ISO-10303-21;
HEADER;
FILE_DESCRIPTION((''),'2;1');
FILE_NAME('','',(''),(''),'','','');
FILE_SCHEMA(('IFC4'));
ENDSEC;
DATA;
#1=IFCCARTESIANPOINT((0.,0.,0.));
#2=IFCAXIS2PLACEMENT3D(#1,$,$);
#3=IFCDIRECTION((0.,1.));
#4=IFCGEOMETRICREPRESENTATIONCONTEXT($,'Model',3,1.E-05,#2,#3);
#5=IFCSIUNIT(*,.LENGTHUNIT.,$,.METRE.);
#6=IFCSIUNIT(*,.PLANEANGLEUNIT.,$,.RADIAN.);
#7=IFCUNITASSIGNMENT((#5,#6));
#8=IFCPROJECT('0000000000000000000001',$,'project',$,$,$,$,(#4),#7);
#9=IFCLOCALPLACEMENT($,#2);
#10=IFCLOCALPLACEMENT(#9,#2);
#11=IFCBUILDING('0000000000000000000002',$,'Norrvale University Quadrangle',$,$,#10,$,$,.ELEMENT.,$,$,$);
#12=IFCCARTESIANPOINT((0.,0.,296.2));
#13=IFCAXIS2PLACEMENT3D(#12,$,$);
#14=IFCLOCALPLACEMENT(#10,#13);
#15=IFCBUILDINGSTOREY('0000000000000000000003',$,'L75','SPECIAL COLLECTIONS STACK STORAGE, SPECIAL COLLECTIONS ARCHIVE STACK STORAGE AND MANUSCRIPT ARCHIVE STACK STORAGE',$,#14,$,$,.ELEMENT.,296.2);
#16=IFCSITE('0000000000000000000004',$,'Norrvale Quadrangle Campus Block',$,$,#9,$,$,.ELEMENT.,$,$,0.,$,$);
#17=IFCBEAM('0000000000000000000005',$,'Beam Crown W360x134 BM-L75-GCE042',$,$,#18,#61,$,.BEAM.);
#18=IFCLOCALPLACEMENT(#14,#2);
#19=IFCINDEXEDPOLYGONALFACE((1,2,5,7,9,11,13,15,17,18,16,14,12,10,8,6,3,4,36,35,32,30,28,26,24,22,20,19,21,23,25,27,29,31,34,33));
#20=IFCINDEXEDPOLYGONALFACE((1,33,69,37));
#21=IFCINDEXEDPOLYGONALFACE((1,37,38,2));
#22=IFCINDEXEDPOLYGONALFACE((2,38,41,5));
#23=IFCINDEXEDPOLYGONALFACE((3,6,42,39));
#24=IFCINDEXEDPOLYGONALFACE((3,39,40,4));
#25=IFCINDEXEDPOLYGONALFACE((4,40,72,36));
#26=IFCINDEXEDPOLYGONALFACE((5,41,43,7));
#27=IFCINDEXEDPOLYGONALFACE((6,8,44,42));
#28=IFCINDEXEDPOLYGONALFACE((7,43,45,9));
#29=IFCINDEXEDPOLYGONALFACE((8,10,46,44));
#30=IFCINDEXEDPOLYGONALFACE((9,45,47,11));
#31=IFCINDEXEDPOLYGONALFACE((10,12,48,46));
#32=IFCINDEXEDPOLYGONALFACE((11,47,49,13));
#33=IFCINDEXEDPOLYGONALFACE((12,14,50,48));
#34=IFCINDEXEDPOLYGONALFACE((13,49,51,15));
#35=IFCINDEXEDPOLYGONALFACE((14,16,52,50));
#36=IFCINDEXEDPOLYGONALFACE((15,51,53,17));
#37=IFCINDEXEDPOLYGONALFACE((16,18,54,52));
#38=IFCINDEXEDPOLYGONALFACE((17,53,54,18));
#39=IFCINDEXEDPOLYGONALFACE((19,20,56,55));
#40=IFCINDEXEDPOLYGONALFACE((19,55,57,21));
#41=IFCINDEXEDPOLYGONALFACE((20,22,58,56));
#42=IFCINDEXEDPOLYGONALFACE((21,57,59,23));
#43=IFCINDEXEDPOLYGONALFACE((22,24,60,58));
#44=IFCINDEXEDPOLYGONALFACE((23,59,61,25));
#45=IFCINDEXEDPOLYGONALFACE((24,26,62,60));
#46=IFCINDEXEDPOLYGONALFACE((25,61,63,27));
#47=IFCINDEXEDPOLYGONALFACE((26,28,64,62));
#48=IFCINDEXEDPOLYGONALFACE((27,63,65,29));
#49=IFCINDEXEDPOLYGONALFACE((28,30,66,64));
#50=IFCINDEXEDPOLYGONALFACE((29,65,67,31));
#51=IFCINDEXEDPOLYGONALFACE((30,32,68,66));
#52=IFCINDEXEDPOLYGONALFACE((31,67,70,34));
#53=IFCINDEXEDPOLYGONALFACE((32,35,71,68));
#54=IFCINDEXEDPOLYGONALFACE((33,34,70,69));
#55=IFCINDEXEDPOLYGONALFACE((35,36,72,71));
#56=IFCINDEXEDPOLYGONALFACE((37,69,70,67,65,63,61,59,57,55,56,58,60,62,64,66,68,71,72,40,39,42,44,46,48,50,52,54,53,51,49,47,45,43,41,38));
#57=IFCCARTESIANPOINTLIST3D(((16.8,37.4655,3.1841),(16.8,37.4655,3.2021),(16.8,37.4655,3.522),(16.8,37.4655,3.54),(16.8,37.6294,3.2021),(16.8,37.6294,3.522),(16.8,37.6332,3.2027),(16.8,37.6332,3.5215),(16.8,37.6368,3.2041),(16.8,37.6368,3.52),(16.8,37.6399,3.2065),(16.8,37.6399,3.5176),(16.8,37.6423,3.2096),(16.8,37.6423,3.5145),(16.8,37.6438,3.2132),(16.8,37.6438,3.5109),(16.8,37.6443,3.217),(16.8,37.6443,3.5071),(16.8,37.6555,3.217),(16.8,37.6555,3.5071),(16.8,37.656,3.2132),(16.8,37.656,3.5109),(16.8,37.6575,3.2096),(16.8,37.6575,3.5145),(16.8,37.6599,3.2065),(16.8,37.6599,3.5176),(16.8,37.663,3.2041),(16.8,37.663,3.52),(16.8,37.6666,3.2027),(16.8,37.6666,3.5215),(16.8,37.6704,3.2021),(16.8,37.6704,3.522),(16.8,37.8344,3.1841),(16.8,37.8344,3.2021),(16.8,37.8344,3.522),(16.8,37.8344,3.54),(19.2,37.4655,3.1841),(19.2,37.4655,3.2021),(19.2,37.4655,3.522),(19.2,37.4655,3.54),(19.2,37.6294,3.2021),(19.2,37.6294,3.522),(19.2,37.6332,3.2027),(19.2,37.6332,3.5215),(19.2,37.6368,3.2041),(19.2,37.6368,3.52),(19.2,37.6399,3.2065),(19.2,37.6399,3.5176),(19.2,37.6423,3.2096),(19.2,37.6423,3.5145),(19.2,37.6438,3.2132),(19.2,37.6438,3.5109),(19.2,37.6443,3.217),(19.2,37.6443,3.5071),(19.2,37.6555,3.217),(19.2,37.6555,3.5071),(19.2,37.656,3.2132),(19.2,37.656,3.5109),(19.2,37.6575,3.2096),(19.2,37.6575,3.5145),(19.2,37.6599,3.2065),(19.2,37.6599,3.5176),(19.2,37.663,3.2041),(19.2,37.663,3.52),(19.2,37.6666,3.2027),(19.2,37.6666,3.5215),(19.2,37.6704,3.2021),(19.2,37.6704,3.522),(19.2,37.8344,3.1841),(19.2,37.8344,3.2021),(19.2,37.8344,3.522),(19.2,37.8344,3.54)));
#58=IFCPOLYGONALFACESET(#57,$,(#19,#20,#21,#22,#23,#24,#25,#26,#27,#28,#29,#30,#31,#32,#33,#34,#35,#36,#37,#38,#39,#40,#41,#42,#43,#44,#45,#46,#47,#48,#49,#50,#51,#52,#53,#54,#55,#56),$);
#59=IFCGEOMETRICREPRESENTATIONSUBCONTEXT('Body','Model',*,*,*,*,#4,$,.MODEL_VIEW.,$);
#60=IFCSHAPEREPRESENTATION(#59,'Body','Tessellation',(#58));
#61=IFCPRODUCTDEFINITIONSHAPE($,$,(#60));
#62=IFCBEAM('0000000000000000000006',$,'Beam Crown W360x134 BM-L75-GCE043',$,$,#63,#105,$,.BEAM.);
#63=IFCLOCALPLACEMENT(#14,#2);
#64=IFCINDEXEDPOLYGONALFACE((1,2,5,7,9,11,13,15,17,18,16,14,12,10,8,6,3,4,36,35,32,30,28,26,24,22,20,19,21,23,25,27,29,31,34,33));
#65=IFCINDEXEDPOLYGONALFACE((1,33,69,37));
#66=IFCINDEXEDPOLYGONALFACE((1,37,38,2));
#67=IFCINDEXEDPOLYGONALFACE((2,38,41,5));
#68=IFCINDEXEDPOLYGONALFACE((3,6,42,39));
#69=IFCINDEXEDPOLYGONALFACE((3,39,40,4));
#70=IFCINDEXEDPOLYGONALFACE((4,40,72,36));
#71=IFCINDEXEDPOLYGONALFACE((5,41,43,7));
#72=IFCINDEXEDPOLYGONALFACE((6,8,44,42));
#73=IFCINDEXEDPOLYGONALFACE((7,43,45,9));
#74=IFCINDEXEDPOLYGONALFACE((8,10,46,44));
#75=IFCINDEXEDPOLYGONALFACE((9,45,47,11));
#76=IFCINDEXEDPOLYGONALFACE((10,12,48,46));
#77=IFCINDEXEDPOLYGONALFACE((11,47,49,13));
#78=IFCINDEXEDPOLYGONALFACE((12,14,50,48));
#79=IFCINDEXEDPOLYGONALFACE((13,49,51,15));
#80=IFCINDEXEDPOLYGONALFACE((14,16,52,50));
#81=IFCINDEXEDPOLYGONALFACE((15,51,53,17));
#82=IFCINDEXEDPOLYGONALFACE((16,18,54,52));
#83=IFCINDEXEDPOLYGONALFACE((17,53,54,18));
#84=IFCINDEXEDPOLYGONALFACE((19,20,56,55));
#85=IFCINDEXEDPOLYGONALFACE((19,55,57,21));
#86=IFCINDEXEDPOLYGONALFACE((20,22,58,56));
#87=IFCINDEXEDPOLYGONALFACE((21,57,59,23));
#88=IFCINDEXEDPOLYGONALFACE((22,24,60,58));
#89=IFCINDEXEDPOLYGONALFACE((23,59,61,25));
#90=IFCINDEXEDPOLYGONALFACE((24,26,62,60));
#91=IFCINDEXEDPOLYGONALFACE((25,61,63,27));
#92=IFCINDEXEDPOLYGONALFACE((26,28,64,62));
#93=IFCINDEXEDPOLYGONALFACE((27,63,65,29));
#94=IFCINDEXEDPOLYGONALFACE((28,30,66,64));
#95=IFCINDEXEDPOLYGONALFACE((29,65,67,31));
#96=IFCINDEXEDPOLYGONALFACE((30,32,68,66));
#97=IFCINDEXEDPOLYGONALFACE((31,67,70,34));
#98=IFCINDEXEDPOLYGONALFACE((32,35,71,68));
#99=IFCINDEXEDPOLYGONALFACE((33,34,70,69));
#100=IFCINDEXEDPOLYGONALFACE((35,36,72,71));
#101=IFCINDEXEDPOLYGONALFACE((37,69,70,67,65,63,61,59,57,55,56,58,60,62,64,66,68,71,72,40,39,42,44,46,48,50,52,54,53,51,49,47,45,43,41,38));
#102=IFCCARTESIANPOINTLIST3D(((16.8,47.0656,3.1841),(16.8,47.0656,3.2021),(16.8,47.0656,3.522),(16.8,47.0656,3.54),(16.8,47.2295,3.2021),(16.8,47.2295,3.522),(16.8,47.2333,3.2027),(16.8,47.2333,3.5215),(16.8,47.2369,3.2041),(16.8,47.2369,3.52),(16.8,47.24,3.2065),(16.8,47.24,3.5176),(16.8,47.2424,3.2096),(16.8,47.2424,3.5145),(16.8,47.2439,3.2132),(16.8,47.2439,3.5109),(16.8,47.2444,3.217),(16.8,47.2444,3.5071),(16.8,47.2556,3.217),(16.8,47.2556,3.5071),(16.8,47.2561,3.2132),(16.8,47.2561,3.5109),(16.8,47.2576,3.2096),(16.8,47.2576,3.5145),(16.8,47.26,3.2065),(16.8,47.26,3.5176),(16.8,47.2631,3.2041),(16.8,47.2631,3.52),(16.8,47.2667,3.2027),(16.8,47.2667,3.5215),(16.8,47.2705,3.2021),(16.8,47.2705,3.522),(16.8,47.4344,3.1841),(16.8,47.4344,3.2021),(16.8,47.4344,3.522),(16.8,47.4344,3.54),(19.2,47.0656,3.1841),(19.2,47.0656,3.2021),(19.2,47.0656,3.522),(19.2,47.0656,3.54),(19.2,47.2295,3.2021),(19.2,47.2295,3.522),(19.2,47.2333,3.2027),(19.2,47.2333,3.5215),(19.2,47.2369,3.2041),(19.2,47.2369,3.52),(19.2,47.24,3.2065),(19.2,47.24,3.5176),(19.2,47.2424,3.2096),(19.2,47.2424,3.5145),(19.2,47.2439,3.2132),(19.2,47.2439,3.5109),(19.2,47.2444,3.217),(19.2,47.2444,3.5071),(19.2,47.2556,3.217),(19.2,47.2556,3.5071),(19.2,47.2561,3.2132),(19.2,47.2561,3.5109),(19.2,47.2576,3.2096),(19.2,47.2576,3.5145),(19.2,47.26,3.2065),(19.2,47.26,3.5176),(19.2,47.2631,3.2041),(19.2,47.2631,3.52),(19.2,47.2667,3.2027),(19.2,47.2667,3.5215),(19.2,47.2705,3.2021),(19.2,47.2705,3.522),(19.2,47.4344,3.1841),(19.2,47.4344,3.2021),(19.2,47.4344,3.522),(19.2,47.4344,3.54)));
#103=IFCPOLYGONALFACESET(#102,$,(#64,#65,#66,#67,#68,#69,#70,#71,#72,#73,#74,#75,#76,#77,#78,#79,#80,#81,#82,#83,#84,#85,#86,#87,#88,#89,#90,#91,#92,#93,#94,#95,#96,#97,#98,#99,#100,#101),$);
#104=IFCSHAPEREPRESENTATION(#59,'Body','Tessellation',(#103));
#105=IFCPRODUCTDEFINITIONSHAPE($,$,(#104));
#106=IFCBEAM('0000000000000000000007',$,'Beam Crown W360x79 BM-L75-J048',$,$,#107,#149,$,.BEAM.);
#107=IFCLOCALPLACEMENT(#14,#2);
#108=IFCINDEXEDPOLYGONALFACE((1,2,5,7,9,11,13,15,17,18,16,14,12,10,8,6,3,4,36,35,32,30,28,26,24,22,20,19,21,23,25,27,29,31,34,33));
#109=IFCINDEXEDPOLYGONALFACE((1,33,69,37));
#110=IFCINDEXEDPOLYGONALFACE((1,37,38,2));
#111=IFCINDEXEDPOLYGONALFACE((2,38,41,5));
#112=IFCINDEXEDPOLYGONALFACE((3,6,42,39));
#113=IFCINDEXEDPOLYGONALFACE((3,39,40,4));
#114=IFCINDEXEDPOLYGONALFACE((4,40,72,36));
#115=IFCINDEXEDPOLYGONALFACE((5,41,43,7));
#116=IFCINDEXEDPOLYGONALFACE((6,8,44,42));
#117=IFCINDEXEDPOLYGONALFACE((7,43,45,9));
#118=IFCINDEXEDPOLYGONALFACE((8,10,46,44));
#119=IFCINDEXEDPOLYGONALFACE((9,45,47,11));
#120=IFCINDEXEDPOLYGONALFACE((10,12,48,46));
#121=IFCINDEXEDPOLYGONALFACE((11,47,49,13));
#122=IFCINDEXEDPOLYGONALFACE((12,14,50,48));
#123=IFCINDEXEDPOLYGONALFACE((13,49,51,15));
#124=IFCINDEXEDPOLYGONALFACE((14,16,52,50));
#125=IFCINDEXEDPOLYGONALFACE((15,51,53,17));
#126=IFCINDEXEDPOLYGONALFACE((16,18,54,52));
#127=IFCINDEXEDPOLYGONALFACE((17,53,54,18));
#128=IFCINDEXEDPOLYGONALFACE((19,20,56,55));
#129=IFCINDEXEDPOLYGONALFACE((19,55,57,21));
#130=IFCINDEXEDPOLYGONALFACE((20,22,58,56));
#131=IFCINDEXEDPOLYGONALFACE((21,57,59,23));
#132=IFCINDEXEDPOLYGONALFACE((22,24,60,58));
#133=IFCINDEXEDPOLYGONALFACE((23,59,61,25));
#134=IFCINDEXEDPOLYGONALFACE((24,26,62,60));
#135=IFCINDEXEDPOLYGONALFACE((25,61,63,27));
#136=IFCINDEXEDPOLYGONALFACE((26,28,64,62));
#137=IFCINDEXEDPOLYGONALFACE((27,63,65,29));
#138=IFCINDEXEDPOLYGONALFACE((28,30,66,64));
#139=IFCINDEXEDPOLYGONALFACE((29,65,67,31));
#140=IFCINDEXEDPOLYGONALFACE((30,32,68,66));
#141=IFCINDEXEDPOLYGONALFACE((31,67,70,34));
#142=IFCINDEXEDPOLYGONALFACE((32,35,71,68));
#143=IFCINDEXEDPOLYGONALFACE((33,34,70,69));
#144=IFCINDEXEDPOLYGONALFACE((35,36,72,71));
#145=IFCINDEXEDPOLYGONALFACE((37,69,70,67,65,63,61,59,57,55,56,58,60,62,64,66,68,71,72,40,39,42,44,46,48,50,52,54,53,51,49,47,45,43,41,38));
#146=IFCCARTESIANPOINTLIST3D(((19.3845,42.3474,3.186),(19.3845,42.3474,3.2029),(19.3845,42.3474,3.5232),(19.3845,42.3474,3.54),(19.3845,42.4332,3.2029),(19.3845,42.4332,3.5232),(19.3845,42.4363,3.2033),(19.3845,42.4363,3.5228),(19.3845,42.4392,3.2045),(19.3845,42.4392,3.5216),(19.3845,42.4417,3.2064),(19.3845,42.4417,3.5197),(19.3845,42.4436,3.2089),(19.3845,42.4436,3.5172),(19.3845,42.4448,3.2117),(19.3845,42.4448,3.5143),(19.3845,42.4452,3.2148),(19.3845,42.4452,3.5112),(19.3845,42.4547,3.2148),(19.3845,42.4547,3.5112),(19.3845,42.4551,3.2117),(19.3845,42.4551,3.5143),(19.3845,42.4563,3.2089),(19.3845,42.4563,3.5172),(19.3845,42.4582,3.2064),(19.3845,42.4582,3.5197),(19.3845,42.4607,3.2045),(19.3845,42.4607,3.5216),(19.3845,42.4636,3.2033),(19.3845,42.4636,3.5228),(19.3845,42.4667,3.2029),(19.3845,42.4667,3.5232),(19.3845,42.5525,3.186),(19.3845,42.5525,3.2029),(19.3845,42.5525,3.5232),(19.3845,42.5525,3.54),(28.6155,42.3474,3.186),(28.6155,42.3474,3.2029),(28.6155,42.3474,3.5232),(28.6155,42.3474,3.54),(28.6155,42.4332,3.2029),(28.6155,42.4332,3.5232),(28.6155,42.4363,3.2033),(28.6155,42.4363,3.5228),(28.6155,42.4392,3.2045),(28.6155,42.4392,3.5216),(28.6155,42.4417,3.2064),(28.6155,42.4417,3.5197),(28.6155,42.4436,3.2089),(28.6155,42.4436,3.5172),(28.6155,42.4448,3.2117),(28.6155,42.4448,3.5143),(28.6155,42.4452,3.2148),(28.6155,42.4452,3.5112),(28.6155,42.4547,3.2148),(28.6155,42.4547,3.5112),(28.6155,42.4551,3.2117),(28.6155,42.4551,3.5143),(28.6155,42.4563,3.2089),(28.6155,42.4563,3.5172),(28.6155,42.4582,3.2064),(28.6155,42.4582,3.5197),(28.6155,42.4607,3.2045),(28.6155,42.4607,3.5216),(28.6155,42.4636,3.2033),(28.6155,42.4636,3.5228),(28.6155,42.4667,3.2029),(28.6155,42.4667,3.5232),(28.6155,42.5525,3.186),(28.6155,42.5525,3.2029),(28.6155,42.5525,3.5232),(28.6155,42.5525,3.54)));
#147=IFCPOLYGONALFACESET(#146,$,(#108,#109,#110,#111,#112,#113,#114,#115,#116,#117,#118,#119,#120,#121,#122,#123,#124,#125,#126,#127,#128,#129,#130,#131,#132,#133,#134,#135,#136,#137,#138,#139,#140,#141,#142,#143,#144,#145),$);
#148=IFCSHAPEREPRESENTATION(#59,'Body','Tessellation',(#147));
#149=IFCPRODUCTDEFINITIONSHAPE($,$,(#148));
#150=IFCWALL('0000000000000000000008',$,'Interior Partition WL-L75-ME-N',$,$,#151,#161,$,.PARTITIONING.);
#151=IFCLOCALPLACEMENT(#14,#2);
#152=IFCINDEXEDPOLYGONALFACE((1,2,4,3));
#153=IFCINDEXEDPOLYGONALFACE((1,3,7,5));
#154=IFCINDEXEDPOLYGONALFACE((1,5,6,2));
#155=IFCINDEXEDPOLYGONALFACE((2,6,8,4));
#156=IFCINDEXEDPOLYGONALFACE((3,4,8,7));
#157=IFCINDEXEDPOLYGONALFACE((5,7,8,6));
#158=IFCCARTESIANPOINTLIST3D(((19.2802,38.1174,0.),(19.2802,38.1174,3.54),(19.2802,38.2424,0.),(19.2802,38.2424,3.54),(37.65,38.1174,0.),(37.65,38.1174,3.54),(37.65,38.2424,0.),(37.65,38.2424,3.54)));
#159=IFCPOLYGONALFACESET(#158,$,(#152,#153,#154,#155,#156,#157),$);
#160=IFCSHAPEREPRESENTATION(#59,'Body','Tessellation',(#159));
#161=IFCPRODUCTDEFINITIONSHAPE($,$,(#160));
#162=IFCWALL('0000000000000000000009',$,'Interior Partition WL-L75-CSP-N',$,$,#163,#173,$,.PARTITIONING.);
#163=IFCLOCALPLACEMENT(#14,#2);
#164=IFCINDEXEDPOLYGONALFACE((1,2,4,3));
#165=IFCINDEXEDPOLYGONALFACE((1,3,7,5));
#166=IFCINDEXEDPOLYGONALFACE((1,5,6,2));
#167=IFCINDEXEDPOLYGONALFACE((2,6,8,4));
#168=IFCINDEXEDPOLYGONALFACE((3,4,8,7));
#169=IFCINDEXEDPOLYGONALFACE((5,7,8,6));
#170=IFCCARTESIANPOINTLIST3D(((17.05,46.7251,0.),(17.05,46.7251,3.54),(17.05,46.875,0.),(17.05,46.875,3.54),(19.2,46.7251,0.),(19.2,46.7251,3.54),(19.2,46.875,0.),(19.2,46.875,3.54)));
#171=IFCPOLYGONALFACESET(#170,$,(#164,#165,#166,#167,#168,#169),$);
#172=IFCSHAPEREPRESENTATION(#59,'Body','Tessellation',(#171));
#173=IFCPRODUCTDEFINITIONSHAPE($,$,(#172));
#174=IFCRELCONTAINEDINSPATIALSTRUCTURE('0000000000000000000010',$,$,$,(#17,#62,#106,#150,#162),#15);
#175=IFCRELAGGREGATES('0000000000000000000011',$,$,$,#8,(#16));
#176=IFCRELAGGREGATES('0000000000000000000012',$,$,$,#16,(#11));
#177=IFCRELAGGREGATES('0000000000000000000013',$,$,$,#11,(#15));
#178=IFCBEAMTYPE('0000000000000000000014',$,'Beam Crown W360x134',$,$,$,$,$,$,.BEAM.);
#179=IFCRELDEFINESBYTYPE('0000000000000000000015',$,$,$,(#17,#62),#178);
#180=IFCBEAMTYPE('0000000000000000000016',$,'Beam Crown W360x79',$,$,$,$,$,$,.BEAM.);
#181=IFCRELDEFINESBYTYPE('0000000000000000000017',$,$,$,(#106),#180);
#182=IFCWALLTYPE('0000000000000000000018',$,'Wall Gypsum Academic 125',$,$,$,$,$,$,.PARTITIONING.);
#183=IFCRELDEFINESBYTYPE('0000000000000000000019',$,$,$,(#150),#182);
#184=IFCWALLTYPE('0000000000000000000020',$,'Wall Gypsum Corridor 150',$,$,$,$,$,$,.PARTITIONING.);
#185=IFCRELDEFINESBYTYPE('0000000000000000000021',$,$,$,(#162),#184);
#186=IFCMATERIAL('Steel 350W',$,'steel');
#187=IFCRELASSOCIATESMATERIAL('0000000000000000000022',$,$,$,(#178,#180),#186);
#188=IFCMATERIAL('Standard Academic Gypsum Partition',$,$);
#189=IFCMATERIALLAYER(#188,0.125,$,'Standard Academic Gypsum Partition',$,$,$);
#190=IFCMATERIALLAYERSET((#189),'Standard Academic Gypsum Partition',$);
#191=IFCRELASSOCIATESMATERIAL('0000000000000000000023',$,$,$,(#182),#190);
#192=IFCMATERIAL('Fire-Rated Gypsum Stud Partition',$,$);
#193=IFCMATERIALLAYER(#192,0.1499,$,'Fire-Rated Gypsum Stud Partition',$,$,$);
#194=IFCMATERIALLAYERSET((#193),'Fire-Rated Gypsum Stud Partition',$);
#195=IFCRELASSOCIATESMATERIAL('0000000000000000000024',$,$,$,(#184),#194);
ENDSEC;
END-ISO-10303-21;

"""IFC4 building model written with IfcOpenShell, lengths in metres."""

from ifc_helpers import new_model, si_unit, direction, frame, frame_2d, origin, origin_2d, place, context, subcontext, project, spatial, rectangle, i_section, extrude, material, layer, layer_set, material_profile, profile_set, type_object, element, save


model = new_model("IFC4")

# Units and contexts
model_context = context("Model", 3, precision=1e-05, world=origin(), true_north=direction((0.0, 1.0)))
body_context = subcontext(model_context, "Body", "Model", "MODEL_VIEW")
ifc_project = project(units=[si_unit("LENGTHUNIT", "METRE"), si_unit("PLANEANGLEUNIT", "RADIAN")], contexts=[model_context])

# Site, building, storey
site_placement = place(None, origin())
site = spatial("IfcSite", under=ifc_project, at=site_placement, Name="Norrvale Quadrangle Campus Block", CompositionType="ELEMENT", RefElevation=0.0)
building_placement = place(site_placement, origin())
building = spatial("IfcBuilding", under=site, at=building_placement, Name="Norrvale University Quadrangle", CompositionType="ELEMENT")
storey_placement = place(building_placement, frame((0.0, 0.0, 296.2)))
storey = spatial("IfcBuildingStorey", under=building, at=storey_placement, Name="L75", Description="SPECIAL COLLECTIONS STACK STORAGE, SPECIAL COLLECTIONS ARCHIVE STACK STORAGE AND MANUSCRIPT ARCHIVE STACK STORAGE", CompositionType="ELEMENT", Elevation=296.2)

# Beams
ifc_material_1 = material(Name="Steel 350W", Category="steel")
ifc_material_profile_1 = material_profile(ifc_material_1, i_section(OverallWidth=0.3689, OverallDepth=0.356, WebThickness=0.0112, FlangeThickness=0.0181, FilletRadius=0.0149, at=origin_2d()), Name="Steel 350W")
ifc_profile_set_1 = profile_set([ifc_material_profile_1], Name="Steel 350W")
beam_type_1 = type_object("IfcBeamType", Name="Beam Crown W360x134", PredefinedType="BEAM", material=ifc_profile_set_1)
for number, where, z_axis, x_axis, name in (
    (1, (16.8, 37.6499, 3.3621), (1.0, 0.0, 0.0), (0.0, 1.0, 0.0), "Beam Crown W360x134 BM-L75-GCE042"),
    (2, (16.8, 47.25, 3.3621), (1.0, 0.0, 0.0), (0.0, 1.0, 0.0), "Beam Crown W360x134 BM-L75-GCE043"),
):
    element("IfcBeam", number, at=place(storey_placement, frame(where, z_axis=z_axis, x_axis=x_axis)), inside=storey, type_object=beam_type_1, Name=name, PredefinedType="BEAM", context=body_context, shape_type="SweptSolid", body=[
        extrude(i_section(OverallWidth=0.3689, OverallDepth=0.356, WebThickness=0.0112, FlangeThickness=0.0181, FilletRadius=0.0149, at=origin_2d()), origin(), (0.0, 0.0, 1.0), 2.3999),
    ])
ifc_material_profile_2 = material_profile(ifc_material_1, i_section(OverallWidth=0.2051, OverallDepth=0.354, WebThickness=0.0095, FlangeThickness=0.0168, FilletRadius=0.012, at=origin_2d()), Name="Steel 350W")
ifc_profile_set_2 = profile_set([ifc_material_profile_2], Name="Steel 350W")
beam_type_2 = type_object("IfcBeamType", Name="Beam Crown W360x79", PredefinedType="BEAM", material=ifc_profile_set_2)
beam_1_placement = place(storey_placement, frame((19.3845, 42.45, 3.363), z_axis=(1.0, 0.0, 0.0), x_axis=(0.0, 1.0, 0.0)))
element("IfcBeam", 3, at=beam_1_placement, inside=storey, type_object=beam_type_2, Name="Beam Crown W360x79 BM-L75-J048", PredefinedType="BEAM", context=body_context, shape_type="SweptSolid", body=[
    extrude(i_section(OverallWidth=0.2051, OverallDepth=0.354, WebThickness=0.0095, FlangeThickness=0.0168, FilletRadius=0.012, at=origin_2d()), origin(), (0.0, 0.0, 1.0), 9.231),
])

# Walls
ifc_material_2 = material(Name="Standard Academic Gypsum Partition")
ifc_layer_1 = layer(ifc_material_2, 0.125, Name="Standard Academic Gypsum Partition")
ifc_layer_set_1 = layer_set([ifc_layer_1], Name="Standard Academic Gypsum Partition")
wall_type_1 = type_object("IfcWallType", Name="Wall Gypsum Academic 125", PredefinedType="PARTITIONING", material=ifc_layer_set_1)
wall_1_placement = place(storey_placement, frame((19.28, 38.1799, 0.0), z_axis=(0.0, 0.0, 1.0), x_axis=(1.0, 0.0, 0.0)))
element("IfcWall", 4, at=wall_1_placement, inside=storey, type_object=wall_type_1, Name="Interior Partition WL-L75-ME-N", PredefinedType="PARTITIONING", context=body_context, shape_type="SweptSolid", body=[
    extrude(rectangle(XDim=18.3699, YDim=0.125, at=frame_2d((9.1851, 0.0))), origin(), (0.0, 0.0, 1.0), 3.54),
])
ifc_material_3 = material(Name="Fire-Rated Gypsum Stud Partition")
ifc_layer_2 = layer(ifc_material_3, 0.1499, Name="Fire-Rated Gypsum Stud Partition")
ifc_layer_set_2 = layer_set([ifc_layer_2], Name="Fire-Rated Gypsum Stud Partition")
wall_type_2 = type_object("IfcWallType", Name="Wall Gypsum Corridor 150", PredefinedType="PARTITIONING", material=ifc_layer_set_2)
wall_2_placement = place(storey_placement, frame((17.05, 46.8, 0.0), z_axis=(0.0, 0.0, 1.0), x_axis=(1.0, 0.0, 0.0)))
element("IfcWall", 5, at=wall_2_placement, inside=storey, type_object=wall_type_2, Name="Interior Partition WL-L75-CSP-N", PredefinedType="PARTITIONING", context=body_context, shape_type="SweptSolid", body=[
    extrude(rectangle(XDim=2.1499, YDim=0.1499, at=frame_2d((1.075, 0.0))), origin(), (0.0, 0.0, 1.0), 3.54),
])

save(model, "model.ifc")
